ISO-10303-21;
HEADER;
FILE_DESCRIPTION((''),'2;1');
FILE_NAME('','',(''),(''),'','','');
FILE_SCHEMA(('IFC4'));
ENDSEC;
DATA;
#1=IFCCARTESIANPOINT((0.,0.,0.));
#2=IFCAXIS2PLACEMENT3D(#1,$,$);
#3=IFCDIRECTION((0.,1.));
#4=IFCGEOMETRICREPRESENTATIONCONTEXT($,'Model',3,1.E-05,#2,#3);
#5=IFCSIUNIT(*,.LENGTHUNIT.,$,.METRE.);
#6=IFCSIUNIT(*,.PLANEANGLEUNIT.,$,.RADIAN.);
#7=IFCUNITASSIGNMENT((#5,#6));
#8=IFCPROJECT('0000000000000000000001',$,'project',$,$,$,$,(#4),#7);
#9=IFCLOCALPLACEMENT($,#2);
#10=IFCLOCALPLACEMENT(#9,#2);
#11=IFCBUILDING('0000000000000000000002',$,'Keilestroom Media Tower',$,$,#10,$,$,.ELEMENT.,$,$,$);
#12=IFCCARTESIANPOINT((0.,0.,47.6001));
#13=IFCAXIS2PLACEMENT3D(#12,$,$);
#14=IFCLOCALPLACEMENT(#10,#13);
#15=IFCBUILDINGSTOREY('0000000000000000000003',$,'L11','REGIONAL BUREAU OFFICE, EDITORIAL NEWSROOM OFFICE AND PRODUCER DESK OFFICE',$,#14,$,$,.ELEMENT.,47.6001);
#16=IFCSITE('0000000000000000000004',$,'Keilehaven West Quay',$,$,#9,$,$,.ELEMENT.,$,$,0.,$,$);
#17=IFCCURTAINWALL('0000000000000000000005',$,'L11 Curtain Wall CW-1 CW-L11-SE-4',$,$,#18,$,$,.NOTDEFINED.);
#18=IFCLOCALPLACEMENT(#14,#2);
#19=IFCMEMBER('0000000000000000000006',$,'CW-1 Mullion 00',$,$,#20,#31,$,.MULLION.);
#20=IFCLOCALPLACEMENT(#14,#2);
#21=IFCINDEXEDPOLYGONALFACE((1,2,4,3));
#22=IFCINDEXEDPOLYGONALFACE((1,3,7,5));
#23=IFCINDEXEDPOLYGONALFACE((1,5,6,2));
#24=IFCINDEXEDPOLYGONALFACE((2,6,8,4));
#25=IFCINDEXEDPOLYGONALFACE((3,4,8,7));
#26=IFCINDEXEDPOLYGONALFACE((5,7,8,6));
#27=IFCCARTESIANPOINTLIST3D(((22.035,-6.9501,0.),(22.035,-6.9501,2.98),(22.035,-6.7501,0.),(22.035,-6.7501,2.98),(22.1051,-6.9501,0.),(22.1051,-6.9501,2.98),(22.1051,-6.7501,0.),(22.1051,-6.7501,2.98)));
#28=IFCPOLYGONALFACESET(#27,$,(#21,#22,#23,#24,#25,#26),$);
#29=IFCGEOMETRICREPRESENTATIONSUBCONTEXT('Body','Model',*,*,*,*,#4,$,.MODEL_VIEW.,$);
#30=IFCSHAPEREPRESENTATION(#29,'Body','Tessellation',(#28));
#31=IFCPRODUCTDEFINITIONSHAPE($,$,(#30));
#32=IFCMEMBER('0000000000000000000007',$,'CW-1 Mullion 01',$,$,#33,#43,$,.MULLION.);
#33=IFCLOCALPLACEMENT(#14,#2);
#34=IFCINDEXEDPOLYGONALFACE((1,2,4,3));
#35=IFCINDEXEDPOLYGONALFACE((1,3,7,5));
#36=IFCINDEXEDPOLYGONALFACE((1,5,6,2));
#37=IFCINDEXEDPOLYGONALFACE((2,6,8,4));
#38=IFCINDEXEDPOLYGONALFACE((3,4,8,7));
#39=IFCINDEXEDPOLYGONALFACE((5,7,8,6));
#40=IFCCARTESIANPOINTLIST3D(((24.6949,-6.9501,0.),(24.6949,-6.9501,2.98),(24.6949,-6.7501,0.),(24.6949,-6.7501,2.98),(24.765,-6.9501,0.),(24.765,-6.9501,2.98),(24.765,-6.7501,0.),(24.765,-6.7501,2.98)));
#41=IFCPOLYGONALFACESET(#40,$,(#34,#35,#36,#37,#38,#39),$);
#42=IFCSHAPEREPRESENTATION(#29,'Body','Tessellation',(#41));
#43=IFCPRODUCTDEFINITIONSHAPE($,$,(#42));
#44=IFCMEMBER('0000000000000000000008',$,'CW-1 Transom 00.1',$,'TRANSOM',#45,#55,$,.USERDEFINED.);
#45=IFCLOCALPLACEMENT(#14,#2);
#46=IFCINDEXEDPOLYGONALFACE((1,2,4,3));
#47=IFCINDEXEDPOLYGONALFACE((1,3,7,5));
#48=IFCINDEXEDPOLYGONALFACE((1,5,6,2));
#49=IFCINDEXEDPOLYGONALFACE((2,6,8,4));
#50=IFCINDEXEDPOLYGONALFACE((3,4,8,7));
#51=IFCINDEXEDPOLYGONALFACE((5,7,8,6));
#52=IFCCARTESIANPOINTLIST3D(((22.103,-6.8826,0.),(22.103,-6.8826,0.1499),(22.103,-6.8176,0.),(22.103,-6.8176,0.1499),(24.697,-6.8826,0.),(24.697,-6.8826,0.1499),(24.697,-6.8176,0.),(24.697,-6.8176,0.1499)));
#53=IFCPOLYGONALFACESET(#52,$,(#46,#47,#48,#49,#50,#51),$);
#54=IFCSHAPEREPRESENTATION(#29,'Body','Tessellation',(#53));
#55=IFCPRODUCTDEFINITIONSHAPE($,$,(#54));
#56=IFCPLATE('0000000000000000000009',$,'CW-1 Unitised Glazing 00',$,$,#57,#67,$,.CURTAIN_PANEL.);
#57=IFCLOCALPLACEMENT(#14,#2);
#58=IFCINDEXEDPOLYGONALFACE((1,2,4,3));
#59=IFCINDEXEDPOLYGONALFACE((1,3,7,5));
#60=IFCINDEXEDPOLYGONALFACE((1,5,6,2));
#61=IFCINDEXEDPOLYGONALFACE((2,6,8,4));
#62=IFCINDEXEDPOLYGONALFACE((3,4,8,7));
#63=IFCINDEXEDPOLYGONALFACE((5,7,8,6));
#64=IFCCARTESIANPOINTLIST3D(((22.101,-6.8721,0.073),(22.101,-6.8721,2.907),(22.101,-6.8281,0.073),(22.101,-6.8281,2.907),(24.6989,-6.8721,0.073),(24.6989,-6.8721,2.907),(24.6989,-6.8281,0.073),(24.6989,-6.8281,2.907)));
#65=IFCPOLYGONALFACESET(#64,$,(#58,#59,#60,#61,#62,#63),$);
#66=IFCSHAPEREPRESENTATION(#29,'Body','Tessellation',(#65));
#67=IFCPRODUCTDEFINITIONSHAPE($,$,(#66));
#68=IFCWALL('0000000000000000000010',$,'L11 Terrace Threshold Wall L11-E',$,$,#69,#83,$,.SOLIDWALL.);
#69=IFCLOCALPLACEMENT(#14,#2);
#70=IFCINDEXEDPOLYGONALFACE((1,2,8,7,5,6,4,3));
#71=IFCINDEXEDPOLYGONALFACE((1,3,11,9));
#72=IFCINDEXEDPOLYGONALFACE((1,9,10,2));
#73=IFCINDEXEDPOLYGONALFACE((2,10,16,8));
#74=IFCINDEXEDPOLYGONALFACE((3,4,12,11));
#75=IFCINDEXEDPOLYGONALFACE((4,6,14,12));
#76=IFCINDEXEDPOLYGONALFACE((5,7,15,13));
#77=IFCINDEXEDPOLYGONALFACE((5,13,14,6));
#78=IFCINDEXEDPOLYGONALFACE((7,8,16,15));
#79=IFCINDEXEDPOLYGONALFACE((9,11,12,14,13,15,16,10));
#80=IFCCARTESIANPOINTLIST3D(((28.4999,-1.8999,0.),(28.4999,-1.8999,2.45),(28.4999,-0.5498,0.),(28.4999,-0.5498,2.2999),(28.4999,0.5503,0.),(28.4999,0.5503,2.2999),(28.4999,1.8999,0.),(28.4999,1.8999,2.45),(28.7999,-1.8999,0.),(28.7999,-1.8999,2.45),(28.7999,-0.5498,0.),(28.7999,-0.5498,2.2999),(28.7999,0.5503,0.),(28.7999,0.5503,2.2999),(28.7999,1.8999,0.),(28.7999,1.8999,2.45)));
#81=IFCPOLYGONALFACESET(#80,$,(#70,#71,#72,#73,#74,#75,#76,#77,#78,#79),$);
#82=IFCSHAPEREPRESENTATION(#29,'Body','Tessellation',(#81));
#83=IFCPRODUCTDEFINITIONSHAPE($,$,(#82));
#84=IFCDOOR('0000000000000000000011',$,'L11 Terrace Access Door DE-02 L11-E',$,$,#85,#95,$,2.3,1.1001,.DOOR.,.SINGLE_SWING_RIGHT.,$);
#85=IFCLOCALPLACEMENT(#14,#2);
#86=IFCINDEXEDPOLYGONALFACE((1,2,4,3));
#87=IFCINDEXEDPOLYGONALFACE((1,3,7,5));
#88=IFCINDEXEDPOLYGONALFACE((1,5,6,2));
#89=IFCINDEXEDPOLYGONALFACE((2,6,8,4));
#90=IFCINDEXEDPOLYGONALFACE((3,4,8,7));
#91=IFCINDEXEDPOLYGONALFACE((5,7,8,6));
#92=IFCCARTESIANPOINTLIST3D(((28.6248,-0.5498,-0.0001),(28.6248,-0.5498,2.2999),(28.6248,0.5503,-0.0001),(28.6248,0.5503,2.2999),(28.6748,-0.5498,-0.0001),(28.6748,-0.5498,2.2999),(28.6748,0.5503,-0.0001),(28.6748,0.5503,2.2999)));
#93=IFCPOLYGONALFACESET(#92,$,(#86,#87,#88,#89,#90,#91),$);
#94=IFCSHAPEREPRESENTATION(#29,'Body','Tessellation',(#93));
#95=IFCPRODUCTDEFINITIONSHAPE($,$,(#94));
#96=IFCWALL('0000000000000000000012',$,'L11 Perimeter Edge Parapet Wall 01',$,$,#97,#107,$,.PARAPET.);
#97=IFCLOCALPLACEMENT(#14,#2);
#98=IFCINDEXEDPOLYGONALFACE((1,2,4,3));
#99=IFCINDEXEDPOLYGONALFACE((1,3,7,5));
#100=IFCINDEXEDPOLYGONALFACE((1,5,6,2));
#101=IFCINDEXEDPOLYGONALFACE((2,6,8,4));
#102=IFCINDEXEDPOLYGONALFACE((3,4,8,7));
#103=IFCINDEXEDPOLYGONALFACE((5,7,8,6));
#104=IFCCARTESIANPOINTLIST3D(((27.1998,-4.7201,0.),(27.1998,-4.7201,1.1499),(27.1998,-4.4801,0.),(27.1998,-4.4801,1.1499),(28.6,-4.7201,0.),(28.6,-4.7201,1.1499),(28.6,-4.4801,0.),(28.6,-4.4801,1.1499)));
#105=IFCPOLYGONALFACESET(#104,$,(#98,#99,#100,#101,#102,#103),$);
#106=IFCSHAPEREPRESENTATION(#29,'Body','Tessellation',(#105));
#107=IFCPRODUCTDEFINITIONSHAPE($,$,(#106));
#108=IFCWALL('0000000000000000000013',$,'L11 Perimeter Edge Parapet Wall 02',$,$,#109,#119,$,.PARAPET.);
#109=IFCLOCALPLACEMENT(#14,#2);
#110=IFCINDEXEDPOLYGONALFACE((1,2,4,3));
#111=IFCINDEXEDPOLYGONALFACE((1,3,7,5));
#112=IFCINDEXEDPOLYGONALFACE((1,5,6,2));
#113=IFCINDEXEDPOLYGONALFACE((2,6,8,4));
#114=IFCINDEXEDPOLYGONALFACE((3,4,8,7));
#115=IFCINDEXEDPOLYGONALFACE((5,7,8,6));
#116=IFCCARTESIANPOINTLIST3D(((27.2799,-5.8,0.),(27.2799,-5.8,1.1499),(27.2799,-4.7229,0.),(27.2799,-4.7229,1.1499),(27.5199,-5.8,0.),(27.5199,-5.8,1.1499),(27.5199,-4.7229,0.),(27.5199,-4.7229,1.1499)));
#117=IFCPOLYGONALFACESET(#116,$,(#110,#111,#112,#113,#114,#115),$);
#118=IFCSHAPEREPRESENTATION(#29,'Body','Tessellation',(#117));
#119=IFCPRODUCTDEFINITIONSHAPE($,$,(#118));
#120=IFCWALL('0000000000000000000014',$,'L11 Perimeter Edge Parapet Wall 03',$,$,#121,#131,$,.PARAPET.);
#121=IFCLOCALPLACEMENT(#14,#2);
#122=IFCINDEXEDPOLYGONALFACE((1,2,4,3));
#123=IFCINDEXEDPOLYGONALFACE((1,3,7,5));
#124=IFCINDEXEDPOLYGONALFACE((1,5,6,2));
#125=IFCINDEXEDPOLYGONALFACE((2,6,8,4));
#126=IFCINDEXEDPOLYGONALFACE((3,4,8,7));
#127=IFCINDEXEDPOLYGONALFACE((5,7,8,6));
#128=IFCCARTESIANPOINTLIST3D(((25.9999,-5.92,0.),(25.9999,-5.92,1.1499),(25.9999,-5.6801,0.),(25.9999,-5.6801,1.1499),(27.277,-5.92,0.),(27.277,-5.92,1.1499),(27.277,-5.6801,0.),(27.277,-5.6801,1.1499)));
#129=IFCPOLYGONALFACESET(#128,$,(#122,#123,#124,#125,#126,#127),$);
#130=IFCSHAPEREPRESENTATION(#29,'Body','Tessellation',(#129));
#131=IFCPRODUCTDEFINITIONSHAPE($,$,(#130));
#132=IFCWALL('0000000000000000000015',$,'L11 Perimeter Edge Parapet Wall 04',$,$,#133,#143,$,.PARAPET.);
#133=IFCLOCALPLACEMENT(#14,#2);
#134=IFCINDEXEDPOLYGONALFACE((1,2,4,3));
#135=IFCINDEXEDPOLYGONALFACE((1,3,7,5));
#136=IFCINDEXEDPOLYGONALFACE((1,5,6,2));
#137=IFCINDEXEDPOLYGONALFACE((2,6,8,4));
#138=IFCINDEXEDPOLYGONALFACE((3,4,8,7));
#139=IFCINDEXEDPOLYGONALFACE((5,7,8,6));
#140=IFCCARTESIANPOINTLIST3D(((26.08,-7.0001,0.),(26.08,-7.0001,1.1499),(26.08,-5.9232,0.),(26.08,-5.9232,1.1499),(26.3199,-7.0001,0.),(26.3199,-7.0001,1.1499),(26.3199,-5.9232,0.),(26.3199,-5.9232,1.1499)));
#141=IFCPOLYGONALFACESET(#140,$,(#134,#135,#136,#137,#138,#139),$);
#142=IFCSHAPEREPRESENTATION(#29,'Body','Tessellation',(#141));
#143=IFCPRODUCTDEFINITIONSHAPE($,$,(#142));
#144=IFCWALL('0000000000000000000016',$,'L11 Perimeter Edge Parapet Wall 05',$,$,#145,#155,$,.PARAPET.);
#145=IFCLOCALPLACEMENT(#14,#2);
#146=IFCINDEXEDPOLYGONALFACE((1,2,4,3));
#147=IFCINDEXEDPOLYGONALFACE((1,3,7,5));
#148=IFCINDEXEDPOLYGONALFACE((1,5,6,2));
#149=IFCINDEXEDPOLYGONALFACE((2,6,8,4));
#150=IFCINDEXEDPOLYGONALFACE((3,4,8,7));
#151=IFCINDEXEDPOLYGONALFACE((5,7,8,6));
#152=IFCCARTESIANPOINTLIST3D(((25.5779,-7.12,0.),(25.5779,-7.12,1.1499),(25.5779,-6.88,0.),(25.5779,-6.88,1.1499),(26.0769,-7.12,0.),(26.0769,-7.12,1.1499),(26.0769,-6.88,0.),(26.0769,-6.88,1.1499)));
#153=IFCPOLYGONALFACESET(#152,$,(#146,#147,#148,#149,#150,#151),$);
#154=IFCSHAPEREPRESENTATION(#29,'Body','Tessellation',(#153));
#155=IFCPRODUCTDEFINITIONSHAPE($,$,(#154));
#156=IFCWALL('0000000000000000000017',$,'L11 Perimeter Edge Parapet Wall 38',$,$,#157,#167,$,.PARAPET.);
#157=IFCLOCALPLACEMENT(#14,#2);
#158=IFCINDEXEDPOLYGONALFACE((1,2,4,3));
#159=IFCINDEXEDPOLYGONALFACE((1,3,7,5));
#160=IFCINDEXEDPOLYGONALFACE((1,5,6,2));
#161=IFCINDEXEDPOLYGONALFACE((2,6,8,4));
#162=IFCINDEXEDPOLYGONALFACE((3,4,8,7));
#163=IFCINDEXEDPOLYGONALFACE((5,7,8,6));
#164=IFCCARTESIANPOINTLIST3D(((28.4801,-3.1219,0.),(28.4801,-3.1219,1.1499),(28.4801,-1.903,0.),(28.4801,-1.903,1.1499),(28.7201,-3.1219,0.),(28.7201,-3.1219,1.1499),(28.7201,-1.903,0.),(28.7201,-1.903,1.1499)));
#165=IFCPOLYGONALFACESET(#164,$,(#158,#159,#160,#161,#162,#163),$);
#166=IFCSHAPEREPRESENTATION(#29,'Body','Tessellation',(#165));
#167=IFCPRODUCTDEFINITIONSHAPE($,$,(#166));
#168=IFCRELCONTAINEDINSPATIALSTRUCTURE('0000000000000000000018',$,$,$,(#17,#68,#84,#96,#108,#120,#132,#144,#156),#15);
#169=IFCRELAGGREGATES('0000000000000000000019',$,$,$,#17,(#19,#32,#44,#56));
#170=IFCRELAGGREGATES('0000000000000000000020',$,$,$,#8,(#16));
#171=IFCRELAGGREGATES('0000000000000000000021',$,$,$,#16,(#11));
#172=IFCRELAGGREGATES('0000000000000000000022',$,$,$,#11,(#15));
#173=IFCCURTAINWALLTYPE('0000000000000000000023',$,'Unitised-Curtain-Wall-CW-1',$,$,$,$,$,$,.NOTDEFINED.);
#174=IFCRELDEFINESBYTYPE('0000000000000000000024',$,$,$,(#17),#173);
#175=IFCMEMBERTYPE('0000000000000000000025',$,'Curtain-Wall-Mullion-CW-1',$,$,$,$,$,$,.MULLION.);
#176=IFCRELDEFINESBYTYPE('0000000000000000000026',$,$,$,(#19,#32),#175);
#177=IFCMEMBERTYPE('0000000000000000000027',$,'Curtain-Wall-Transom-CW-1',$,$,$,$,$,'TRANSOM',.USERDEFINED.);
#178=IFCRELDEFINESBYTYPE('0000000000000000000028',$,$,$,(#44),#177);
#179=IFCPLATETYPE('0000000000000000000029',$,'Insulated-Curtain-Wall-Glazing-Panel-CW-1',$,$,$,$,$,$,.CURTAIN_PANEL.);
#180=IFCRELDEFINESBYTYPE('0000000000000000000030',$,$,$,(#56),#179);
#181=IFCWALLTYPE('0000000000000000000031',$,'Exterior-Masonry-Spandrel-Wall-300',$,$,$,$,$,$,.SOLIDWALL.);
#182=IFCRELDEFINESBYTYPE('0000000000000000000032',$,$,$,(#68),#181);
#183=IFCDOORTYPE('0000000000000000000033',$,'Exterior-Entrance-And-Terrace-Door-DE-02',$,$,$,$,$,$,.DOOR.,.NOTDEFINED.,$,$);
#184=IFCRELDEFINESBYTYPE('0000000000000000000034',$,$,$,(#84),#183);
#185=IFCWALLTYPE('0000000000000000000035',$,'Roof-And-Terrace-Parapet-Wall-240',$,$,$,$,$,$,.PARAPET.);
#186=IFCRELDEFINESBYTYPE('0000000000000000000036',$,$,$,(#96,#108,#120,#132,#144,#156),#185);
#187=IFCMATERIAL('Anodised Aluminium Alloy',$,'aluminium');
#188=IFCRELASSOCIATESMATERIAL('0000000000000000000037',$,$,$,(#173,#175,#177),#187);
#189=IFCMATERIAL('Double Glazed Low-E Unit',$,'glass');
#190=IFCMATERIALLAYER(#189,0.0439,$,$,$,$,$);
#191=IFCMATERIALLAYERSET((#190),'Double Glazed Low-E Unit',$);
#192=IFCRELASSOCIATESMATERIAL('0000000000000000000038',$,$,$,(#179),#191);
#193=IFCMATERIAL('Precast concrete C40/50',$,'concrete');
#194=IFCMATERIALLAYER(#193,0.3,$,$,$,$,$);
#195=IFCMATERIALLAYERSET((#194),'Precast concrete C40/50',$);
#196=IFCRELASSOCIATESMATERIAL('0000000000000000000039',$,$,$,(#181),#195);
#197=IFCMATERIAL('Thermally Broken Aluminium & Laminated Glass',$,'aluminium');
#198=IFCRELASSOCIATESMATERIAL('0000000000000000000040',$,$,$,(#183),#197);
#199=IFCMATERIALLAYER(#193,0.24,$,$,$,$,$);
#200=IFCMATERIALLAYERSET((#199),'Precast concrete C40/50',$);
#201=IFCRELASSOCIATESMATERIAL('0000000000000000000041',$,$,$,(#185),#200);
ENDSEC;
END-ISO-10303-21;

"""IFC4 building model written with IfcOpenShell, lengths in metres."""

from ifc_helpers import new_model, si_unit, direction, frame, frame_2d, origin, origin_2d, place, context, subcontext, project, spatial, rectangle, extrude, source, transform, mapped, material, layer, layer_set, material_profile, profile_set, type_object, element, fill, aggregate, save


model = new_model("IFC4")

# Units and contexts
model_context = context("Model", 3, precision=1e-05, world=origin(), true_north=direction((0.0, 1.0)))
body_context = subcontext(model_context, "Body", "Model", "MODEL_VIEW")
ifc_project = project(units=[si_unit("LENGTHUNIT", "METRE"), si_unit("PLANEANGLEUNIT", "RADIAN")], contexts=[model_context])

# Site, building, storey
site_placement = place(None, origin())
site = spatial("IfcSite", under=ifc_project, at=site_placement, Name="Keilehaven West Quay", CompositionType="ELEMENT", RefElevation=0.0)
building_placement = place(site_placement, origin())
building = spatial("IfcBuilding", under=site, at=building_placement, Name="Keilestroom Media Tower", CompositionType="ELEMENT")
storey_placement = place(building_placement, frame((0.0, 0.0, 47.6001)))
storey = spatial("IfcBuildingStorey", under=building, at=storey_placement, Name="L11", Description="REGIONAL BUREAU OFFICE, EDITORIAL NEWSROOM OFFICE AND PRODUCER DESK OFFICE", CompositionType="ELEMENT", Elevation=47.6001)

# Shared definitions
ifc_material_1 = material(Name="Precast concrete C40/50", Category="concrete")

# Curtain wall, members, plate
ifc_material_2 = material(Name="Anodised Aluminium Alloy", Category="aluminium")
curtain_wall_type = type_object("IfcCurtainWallType", Name="Unitised-Curtain-Wall-CW-1", PredefinedType="NOTDEFINED", material=ifc_material_2)
curtain_wall_placement = place(storey_placement, origin())
curtain_wall = element("IfcCurtainWall", 1, at=curtain_wall_placement, inside=storey, type_object=curtain_wall_type, Name="L11 Curtain Wall CW-1 CW-L11-SE-4", PredefinedType="NOTDEFINED")
ifc_material_profile_1 = material_profile(ifc_material_2, rectangle(XDim=0.0701, YDim=0.2, at=origin_2d()), Name="ALU MULLION 70x200")
ifc_profile_set_1 = profile_set([ifc_material_profile_1], Name="Anodised Aluminium Alloy")
member_type_1 = type_object("IfcMemberType", Name="Curtain-Wall-Mullion-CW-1", PredefinedType="MULLION", material=ifc_profile_set_1)
shared_shape_1 = source(origin(), body_context, "Body", "SweptSolid", [
    extrude(rectangle(XDim=0.0701, YDim=0.2, at=origin_2d()), origin(), (0.0, 0.0, 1.0), 2.98),
])
member_1_placement = place(storey_placement, frame((22.0701, -6.8501, 0.0), z_axis=(0.0, 0.0, 1.0), x_axis=(1.0, 0.0, 0.0)))
member_1 = element("IfcMember", 2, at=member_1_placement, type_object=member_type_1, Name="CW-1 Mullion 00", PredefinedType="MULLION", context=body_context, shape_type="MappedRepresentation", body=[
    mapped(shared_shape_1, transform((0.0, 0.0, 0.0), x_axis=(1.0, 0.0, 0.0), y_axis=(0.0, 1.0, 0.0), z_axis=(0.0, 0.0, 1.0), scale=1.0)),
])
member_2_placement = place(storey_placement, frame((24.73, -6.8501, 0.0), z_axis=(0.0, 0.0, 1.0), x_axis=(1.0, 0.0, 0.0)))
member_2 = element("IfcMember", 3, at=member_2_placement, type_object=member_type_1, Name="CW-1 Mullion 01", PredefinedType="MULLION", context=body_context, shape_type="MappedRepresentation", body=[
    mapped(shared_shape_1, transform((0.0, 0.0, 0.0), x_axis=(1.0, 0.0, 0.0), y_axis=(0.0, 1.0, 0.0), z_axis=(0.0, 0.0, 1.0), scale=1.0)),
])
ifc_material_profile_2 = material_profile(ifc_material_2, rectangle(XDim=0.0649, YDim=0.1499, at=origin_2d()), Name="ALU TRANSOM 65x150")
ifc_profile_set_2 = profile_set([ifc_material_profile_2], Name="Anodised Aluminium Alloy")
member_type_2 = type_object("IfcMemberType", Name="Curtain-Wall-Transom-CW-1", ElementType="TRANSOM", PredefinedType="USERDEFINED", material=ifc_profile_set_2)
shared_shape_2 = source(origin(), body_context, "Body", "SweptSolid", [
    extrude(rectangle(XDim=0.0649, YDim=0.1499, at=origin_2d()), origin(), (0.0, 0.0, 1.0), 2.594),
])
member_3_placement = place(storey_placement, frame((22.103, -6.8501, 0.075), z_axis=(1.0, 0.0, 0.0), x_axis=(0.0, 1.0, 0.0)))
member_3 = element("IfcMember", 4, at=member_3_placement, type_object=member_type_2, Name="CW-1 Transom 00.1", ObjectType="TRANSOM", PredefinedType="USERDEFINED", context=body_context, shape_type="MappedRepresentation", body=[
    mapped(shared_shape_2, transform((0.0, 0.0, 0.0), x_axis=(1.0, 0.0, 0.0), y_axis=(0.0, 1.0, 0.0), z_axis=(0.0, 0.0, 1.0), scale=1.0)),
])
ifc_material_3 = material(Name="Double Glazed Low-E Unit", Category="glass")
ifc_layer_1 = layer(ifc_material_3, 0.0439)
ifc_layer_set_1 = layer_set([ifc_layer_1], Name="Double Glazed Low-E Unit")
plate_type = type_object("IfcPlateType", Name="Insulated-Curtain-Wall-Glazing-Panel-CW-1", PredefinedType="CURTAIN_PANEL", material=ifc_layer_set_1)
shared_shape_3 = source(origin(), body_context, "Body", "SweptSolid", [
    extrude(rectangle(XDim=2.5979, YDim=0.0439, at=origin_2d()), origin(), (0.0, 0.0, 1.0), 2.834),
])
plate_placement = place(storey_placement, frame((23.3999, -6.8501, 0.073), z_axis=(0.0, 0.0, 1.0), x_axis=(1.0, 0.0, 0.0)))
plate = element("IfcPlate", 5, at=plate_placement, type_object=plate_type, Name="CW-1 Unitised Glazing 00", PredefinedType="CURTAIN_PANEL", context=body_context, shape_type="MappedRepresentation", body=[
    mapped(shared_shape_3, transform((0.0, 0.0, 0.0), x_axis=(1.0, 0.0, 0.0), y_axis=(0.0, 1.0, 0.0), z_axis=(0.0, 0.0, 1.0), scale=1.0)),
])
aggregate(curtain_wall, [member_1, member_2, member_3, plate])

# Wall, opening, door
ifc_layer_2 = layer(ifc_material_1, 0.3)
ifc_layer_set_2 = layer_set([ifc_layer_2], Name="Precast concrete C40/50")
wall_type_1 = type_object("IfcWallType", Name="Exterior-Masonry-Spandrel-Wall-300", PredefinedType="SOLIDWALL", material=ifc_layer_set_2)
wall_1_placement = place(storey_placement, frame((28.6499, -1.8999, 0.0), z_axis=(0.0, 0.0, 1.0), x_axis=(0.0, 1.0, 0.0)))
wall_1 = element("IfcWall", 6, at=wall_1_placement, inside=storey, type_object=wall_type_1, Name="L11 Terrace Threshold Wall L11-E", PredefinedType="SOLIDWALL", context=body_context, shape_type="SweptSolid", body=[
    extrude(rectangle(XDim=3.7998, YDim=0.3, at=frame_2d((1.8999, 0.0))), origin(), (0.0, 0.0, 1.0), 2.45),
])
opening_placement = place(wall_1_placement, frame((1.3501, 0.0, 0.0)))
opening = element("IfcOpeningElement", 7, at=opening_placement, cuts=wall_1, PredefinedType="OPENING", context=body_context, shape_type="SweptSolid", body=[
    extrude(rectangle(XDim=1.1001, YDim=2.3, at=frame_2d((0.55, 1.1499))), frame((0.0, 0.1602, 0.0), z_axis=(0.0, -1.0, 0.0), x_axis=(1.0, 0.0, 0.0)), (0.0, 0.0, 1.0), 0.3201),
])
ifc_material_4 = material(Name="Thermally Broken Aluminium & Laminated Glass", Category="aluminium")
door_type = type_object("IfcDoorType", Name="Exterior-Entrance-And-Terrace-Door-DE-02", OperationType="NOTDEFINED", PredefinedType="DOOR", material=ifc_material_4)
shared_shape_4 = source(origin(), body_context, "Body", "SweptSolid", [
    extrude(rectangle(XDim=1.1001, YDim=2.3, at=frame_2d((0.55, 1.1499))), frame((0.0, 0.0249, 0.0), z_axis=(0.0, -1.0, 0.0), x_axis=(1.0, 0.0, 0.0)), (0.0, 0.0, 1.0), 0.05),
])
door_placement = place(opening_placement, frame((1.1001, 0.0, 0.0), z_axis=(0.0, 0.0, 1.0), x_axis=(-1.0, 0.0, 0.0)))
door = element("IfcDoor", 8, at=door_placement, inside=storey, type_object=door_type, Name="L11 Terrace Access Door DE-02 L11-E", OperationType="SINGLE_SWING_RIGHT", OverallHeight=2.3, OverallWidth=1.1001, PredefinedType="DOOR", context=body_context, shape_type="MappedRepresentation", body=[
    mapped(shared_shape_4, transform((0.0, 0.0, 0.0), x_axis=(1.0, 0.0, 0.0), y_axis=(0.0, 1.0, 0.0), z_axis=(0.0, 0.0, 1.0), scale=1.0)),
])
fill(opening, door)

# Walls
ifc_layer_3 = layer(ifc_material_1, 0.24)
ifc_layer_set_3 = layer_set([ifc_layer_3], Name="Precast concrete C40/50")
wall_type_2 = type_object("IfcWallType", Name="Roof-And-Terrace-Parapet-Wall-240", PredefinedType="PARAPET", material=ifc_layer_set_3)
wall_2_placement = place(storey_placement, frame((28.6001, -4.6001, 0.0), z_axis=(0.0, 0.0, 1.0), x_axis=(-1.0, 0.0, 0.0)))
element("IfcWall", 9, at=wall_2_placement, inside=storey, type_object=wall_type_2, Name="L11 Perimeter Edge Parapet Wall 01", PredefinedType="PARAPET", context=body_context, shape_type="SweptSolid", body=[
    extrude(rectangle(XDim=1.4001, YDim=0.24, at=frame_2d((0.7002, 0.0))), origin(), (0.0, 0.0, 1.0), 1.1499),
])
wall_3_placement = place(storey_placement, frame((27.3999, -4.7229, 0.0), z_axis=(0.0, 0.0, 1.0), x_axis=(0.0, -1.0, 0.0)))
element("IfcWall", 10, at=wall_3_placement, inside=storey, type_object=wall_type_2, Name="L11 Perimeter Edge Parapet Wall 02", PredefinedType="PARAPET", context=body_context, shape_type="SweptSolid", body=[
    extrude(rectangle(XDim=1.0771, YDim=0.24, at=frame_2d((0.5386, 0.0))), origin(), (0.0, 0.0, 1.0), 1.1499),
])
wall_4_placement = place(storey_placement, frame((27.2771, -5.8, 0.0), z_axis=(0.0, 0.0, 1.0), x_axis=(-1.0, 0.0, 0.0)))
element("IfcWall", 11, at=wall_4_placement, inside=storey, type_object=wall_type_2, Name="L11 Perimeter Edge Parapet Wall 03", PredefinedType="PARAPET", context=body_context, shape_type="SweptSolid", body=[
    extrude(rectangle(XDim=1.2771, YDim=0.24, at=frame_2d((0.6387, 0.0))), origin(), (0.0, 0.0, 1.0), 1.1499),
])
wall_5_placement = place(storey_placement, frame((26.2, -5.9231, 0.0), z_axis=(0.0, 0.0, 1.0), x_axis=(0.0, -1.0, 0.0)))
element("IfcWall", 12, at=wall_5_placement, inside=storey, type_object=wall_type_2, Name="L11 Perimeter Edge Parapet Wall 04", PredefinedType="PARAPET", context=body_context, shape_type="SweptSolid", body=[
    extrude(rectangle(XDim=1.0769, YDim=0.24, at=frame_2d((0.5386, 0.0))), origin(), (0.0, 0.0, 1.0), 1.1499),
])
wall_6_placement = place(storey_placement, frame((26.0769, -7.0, 0.0), z_axis=(0.0, 0.0, 1.0), x_axis=(-1.0, 0.0, 0.0)))
element("IfcWall", 13, at=wall_6_placement, inside=storey, type_object=wall_type_2, Name="L11 Perimeter Edge Parapet Wall 05", PredefinedType="PARAPET", context=body_context, shape_type="SweptSolid", body=[
    extrude(rectangle(XDim=0.499, YDim=0.24, at=frame_2d((0.2495, 0.0))), origin(), (0.0, 0.0, 1.0), 1.1499),
])
wall_7_placement = place(storey_placement, frame((28.6001, -1.9031, 0.0), z_axis=(0.0, 0.0, 1.0), x_axis=(0.0, -1.0, 0.0)))
element("IfcWall", 14, at=wall_7_placement, inside=storey, type_object=wall_type_2, Name="L11 Perimeter Edge Parapet Wall 38", PredefinedType="PARAPET", context=body_context, shape_type="SweptSolid", body=[
    extrude(rectangle(XDim=1.219, YDim=0.24, at=frame_2d((0.6094, 0.0))), origin(), (0.0, 0.0, 1.0), 1.1499),
])

save(model, "model.ifc")
